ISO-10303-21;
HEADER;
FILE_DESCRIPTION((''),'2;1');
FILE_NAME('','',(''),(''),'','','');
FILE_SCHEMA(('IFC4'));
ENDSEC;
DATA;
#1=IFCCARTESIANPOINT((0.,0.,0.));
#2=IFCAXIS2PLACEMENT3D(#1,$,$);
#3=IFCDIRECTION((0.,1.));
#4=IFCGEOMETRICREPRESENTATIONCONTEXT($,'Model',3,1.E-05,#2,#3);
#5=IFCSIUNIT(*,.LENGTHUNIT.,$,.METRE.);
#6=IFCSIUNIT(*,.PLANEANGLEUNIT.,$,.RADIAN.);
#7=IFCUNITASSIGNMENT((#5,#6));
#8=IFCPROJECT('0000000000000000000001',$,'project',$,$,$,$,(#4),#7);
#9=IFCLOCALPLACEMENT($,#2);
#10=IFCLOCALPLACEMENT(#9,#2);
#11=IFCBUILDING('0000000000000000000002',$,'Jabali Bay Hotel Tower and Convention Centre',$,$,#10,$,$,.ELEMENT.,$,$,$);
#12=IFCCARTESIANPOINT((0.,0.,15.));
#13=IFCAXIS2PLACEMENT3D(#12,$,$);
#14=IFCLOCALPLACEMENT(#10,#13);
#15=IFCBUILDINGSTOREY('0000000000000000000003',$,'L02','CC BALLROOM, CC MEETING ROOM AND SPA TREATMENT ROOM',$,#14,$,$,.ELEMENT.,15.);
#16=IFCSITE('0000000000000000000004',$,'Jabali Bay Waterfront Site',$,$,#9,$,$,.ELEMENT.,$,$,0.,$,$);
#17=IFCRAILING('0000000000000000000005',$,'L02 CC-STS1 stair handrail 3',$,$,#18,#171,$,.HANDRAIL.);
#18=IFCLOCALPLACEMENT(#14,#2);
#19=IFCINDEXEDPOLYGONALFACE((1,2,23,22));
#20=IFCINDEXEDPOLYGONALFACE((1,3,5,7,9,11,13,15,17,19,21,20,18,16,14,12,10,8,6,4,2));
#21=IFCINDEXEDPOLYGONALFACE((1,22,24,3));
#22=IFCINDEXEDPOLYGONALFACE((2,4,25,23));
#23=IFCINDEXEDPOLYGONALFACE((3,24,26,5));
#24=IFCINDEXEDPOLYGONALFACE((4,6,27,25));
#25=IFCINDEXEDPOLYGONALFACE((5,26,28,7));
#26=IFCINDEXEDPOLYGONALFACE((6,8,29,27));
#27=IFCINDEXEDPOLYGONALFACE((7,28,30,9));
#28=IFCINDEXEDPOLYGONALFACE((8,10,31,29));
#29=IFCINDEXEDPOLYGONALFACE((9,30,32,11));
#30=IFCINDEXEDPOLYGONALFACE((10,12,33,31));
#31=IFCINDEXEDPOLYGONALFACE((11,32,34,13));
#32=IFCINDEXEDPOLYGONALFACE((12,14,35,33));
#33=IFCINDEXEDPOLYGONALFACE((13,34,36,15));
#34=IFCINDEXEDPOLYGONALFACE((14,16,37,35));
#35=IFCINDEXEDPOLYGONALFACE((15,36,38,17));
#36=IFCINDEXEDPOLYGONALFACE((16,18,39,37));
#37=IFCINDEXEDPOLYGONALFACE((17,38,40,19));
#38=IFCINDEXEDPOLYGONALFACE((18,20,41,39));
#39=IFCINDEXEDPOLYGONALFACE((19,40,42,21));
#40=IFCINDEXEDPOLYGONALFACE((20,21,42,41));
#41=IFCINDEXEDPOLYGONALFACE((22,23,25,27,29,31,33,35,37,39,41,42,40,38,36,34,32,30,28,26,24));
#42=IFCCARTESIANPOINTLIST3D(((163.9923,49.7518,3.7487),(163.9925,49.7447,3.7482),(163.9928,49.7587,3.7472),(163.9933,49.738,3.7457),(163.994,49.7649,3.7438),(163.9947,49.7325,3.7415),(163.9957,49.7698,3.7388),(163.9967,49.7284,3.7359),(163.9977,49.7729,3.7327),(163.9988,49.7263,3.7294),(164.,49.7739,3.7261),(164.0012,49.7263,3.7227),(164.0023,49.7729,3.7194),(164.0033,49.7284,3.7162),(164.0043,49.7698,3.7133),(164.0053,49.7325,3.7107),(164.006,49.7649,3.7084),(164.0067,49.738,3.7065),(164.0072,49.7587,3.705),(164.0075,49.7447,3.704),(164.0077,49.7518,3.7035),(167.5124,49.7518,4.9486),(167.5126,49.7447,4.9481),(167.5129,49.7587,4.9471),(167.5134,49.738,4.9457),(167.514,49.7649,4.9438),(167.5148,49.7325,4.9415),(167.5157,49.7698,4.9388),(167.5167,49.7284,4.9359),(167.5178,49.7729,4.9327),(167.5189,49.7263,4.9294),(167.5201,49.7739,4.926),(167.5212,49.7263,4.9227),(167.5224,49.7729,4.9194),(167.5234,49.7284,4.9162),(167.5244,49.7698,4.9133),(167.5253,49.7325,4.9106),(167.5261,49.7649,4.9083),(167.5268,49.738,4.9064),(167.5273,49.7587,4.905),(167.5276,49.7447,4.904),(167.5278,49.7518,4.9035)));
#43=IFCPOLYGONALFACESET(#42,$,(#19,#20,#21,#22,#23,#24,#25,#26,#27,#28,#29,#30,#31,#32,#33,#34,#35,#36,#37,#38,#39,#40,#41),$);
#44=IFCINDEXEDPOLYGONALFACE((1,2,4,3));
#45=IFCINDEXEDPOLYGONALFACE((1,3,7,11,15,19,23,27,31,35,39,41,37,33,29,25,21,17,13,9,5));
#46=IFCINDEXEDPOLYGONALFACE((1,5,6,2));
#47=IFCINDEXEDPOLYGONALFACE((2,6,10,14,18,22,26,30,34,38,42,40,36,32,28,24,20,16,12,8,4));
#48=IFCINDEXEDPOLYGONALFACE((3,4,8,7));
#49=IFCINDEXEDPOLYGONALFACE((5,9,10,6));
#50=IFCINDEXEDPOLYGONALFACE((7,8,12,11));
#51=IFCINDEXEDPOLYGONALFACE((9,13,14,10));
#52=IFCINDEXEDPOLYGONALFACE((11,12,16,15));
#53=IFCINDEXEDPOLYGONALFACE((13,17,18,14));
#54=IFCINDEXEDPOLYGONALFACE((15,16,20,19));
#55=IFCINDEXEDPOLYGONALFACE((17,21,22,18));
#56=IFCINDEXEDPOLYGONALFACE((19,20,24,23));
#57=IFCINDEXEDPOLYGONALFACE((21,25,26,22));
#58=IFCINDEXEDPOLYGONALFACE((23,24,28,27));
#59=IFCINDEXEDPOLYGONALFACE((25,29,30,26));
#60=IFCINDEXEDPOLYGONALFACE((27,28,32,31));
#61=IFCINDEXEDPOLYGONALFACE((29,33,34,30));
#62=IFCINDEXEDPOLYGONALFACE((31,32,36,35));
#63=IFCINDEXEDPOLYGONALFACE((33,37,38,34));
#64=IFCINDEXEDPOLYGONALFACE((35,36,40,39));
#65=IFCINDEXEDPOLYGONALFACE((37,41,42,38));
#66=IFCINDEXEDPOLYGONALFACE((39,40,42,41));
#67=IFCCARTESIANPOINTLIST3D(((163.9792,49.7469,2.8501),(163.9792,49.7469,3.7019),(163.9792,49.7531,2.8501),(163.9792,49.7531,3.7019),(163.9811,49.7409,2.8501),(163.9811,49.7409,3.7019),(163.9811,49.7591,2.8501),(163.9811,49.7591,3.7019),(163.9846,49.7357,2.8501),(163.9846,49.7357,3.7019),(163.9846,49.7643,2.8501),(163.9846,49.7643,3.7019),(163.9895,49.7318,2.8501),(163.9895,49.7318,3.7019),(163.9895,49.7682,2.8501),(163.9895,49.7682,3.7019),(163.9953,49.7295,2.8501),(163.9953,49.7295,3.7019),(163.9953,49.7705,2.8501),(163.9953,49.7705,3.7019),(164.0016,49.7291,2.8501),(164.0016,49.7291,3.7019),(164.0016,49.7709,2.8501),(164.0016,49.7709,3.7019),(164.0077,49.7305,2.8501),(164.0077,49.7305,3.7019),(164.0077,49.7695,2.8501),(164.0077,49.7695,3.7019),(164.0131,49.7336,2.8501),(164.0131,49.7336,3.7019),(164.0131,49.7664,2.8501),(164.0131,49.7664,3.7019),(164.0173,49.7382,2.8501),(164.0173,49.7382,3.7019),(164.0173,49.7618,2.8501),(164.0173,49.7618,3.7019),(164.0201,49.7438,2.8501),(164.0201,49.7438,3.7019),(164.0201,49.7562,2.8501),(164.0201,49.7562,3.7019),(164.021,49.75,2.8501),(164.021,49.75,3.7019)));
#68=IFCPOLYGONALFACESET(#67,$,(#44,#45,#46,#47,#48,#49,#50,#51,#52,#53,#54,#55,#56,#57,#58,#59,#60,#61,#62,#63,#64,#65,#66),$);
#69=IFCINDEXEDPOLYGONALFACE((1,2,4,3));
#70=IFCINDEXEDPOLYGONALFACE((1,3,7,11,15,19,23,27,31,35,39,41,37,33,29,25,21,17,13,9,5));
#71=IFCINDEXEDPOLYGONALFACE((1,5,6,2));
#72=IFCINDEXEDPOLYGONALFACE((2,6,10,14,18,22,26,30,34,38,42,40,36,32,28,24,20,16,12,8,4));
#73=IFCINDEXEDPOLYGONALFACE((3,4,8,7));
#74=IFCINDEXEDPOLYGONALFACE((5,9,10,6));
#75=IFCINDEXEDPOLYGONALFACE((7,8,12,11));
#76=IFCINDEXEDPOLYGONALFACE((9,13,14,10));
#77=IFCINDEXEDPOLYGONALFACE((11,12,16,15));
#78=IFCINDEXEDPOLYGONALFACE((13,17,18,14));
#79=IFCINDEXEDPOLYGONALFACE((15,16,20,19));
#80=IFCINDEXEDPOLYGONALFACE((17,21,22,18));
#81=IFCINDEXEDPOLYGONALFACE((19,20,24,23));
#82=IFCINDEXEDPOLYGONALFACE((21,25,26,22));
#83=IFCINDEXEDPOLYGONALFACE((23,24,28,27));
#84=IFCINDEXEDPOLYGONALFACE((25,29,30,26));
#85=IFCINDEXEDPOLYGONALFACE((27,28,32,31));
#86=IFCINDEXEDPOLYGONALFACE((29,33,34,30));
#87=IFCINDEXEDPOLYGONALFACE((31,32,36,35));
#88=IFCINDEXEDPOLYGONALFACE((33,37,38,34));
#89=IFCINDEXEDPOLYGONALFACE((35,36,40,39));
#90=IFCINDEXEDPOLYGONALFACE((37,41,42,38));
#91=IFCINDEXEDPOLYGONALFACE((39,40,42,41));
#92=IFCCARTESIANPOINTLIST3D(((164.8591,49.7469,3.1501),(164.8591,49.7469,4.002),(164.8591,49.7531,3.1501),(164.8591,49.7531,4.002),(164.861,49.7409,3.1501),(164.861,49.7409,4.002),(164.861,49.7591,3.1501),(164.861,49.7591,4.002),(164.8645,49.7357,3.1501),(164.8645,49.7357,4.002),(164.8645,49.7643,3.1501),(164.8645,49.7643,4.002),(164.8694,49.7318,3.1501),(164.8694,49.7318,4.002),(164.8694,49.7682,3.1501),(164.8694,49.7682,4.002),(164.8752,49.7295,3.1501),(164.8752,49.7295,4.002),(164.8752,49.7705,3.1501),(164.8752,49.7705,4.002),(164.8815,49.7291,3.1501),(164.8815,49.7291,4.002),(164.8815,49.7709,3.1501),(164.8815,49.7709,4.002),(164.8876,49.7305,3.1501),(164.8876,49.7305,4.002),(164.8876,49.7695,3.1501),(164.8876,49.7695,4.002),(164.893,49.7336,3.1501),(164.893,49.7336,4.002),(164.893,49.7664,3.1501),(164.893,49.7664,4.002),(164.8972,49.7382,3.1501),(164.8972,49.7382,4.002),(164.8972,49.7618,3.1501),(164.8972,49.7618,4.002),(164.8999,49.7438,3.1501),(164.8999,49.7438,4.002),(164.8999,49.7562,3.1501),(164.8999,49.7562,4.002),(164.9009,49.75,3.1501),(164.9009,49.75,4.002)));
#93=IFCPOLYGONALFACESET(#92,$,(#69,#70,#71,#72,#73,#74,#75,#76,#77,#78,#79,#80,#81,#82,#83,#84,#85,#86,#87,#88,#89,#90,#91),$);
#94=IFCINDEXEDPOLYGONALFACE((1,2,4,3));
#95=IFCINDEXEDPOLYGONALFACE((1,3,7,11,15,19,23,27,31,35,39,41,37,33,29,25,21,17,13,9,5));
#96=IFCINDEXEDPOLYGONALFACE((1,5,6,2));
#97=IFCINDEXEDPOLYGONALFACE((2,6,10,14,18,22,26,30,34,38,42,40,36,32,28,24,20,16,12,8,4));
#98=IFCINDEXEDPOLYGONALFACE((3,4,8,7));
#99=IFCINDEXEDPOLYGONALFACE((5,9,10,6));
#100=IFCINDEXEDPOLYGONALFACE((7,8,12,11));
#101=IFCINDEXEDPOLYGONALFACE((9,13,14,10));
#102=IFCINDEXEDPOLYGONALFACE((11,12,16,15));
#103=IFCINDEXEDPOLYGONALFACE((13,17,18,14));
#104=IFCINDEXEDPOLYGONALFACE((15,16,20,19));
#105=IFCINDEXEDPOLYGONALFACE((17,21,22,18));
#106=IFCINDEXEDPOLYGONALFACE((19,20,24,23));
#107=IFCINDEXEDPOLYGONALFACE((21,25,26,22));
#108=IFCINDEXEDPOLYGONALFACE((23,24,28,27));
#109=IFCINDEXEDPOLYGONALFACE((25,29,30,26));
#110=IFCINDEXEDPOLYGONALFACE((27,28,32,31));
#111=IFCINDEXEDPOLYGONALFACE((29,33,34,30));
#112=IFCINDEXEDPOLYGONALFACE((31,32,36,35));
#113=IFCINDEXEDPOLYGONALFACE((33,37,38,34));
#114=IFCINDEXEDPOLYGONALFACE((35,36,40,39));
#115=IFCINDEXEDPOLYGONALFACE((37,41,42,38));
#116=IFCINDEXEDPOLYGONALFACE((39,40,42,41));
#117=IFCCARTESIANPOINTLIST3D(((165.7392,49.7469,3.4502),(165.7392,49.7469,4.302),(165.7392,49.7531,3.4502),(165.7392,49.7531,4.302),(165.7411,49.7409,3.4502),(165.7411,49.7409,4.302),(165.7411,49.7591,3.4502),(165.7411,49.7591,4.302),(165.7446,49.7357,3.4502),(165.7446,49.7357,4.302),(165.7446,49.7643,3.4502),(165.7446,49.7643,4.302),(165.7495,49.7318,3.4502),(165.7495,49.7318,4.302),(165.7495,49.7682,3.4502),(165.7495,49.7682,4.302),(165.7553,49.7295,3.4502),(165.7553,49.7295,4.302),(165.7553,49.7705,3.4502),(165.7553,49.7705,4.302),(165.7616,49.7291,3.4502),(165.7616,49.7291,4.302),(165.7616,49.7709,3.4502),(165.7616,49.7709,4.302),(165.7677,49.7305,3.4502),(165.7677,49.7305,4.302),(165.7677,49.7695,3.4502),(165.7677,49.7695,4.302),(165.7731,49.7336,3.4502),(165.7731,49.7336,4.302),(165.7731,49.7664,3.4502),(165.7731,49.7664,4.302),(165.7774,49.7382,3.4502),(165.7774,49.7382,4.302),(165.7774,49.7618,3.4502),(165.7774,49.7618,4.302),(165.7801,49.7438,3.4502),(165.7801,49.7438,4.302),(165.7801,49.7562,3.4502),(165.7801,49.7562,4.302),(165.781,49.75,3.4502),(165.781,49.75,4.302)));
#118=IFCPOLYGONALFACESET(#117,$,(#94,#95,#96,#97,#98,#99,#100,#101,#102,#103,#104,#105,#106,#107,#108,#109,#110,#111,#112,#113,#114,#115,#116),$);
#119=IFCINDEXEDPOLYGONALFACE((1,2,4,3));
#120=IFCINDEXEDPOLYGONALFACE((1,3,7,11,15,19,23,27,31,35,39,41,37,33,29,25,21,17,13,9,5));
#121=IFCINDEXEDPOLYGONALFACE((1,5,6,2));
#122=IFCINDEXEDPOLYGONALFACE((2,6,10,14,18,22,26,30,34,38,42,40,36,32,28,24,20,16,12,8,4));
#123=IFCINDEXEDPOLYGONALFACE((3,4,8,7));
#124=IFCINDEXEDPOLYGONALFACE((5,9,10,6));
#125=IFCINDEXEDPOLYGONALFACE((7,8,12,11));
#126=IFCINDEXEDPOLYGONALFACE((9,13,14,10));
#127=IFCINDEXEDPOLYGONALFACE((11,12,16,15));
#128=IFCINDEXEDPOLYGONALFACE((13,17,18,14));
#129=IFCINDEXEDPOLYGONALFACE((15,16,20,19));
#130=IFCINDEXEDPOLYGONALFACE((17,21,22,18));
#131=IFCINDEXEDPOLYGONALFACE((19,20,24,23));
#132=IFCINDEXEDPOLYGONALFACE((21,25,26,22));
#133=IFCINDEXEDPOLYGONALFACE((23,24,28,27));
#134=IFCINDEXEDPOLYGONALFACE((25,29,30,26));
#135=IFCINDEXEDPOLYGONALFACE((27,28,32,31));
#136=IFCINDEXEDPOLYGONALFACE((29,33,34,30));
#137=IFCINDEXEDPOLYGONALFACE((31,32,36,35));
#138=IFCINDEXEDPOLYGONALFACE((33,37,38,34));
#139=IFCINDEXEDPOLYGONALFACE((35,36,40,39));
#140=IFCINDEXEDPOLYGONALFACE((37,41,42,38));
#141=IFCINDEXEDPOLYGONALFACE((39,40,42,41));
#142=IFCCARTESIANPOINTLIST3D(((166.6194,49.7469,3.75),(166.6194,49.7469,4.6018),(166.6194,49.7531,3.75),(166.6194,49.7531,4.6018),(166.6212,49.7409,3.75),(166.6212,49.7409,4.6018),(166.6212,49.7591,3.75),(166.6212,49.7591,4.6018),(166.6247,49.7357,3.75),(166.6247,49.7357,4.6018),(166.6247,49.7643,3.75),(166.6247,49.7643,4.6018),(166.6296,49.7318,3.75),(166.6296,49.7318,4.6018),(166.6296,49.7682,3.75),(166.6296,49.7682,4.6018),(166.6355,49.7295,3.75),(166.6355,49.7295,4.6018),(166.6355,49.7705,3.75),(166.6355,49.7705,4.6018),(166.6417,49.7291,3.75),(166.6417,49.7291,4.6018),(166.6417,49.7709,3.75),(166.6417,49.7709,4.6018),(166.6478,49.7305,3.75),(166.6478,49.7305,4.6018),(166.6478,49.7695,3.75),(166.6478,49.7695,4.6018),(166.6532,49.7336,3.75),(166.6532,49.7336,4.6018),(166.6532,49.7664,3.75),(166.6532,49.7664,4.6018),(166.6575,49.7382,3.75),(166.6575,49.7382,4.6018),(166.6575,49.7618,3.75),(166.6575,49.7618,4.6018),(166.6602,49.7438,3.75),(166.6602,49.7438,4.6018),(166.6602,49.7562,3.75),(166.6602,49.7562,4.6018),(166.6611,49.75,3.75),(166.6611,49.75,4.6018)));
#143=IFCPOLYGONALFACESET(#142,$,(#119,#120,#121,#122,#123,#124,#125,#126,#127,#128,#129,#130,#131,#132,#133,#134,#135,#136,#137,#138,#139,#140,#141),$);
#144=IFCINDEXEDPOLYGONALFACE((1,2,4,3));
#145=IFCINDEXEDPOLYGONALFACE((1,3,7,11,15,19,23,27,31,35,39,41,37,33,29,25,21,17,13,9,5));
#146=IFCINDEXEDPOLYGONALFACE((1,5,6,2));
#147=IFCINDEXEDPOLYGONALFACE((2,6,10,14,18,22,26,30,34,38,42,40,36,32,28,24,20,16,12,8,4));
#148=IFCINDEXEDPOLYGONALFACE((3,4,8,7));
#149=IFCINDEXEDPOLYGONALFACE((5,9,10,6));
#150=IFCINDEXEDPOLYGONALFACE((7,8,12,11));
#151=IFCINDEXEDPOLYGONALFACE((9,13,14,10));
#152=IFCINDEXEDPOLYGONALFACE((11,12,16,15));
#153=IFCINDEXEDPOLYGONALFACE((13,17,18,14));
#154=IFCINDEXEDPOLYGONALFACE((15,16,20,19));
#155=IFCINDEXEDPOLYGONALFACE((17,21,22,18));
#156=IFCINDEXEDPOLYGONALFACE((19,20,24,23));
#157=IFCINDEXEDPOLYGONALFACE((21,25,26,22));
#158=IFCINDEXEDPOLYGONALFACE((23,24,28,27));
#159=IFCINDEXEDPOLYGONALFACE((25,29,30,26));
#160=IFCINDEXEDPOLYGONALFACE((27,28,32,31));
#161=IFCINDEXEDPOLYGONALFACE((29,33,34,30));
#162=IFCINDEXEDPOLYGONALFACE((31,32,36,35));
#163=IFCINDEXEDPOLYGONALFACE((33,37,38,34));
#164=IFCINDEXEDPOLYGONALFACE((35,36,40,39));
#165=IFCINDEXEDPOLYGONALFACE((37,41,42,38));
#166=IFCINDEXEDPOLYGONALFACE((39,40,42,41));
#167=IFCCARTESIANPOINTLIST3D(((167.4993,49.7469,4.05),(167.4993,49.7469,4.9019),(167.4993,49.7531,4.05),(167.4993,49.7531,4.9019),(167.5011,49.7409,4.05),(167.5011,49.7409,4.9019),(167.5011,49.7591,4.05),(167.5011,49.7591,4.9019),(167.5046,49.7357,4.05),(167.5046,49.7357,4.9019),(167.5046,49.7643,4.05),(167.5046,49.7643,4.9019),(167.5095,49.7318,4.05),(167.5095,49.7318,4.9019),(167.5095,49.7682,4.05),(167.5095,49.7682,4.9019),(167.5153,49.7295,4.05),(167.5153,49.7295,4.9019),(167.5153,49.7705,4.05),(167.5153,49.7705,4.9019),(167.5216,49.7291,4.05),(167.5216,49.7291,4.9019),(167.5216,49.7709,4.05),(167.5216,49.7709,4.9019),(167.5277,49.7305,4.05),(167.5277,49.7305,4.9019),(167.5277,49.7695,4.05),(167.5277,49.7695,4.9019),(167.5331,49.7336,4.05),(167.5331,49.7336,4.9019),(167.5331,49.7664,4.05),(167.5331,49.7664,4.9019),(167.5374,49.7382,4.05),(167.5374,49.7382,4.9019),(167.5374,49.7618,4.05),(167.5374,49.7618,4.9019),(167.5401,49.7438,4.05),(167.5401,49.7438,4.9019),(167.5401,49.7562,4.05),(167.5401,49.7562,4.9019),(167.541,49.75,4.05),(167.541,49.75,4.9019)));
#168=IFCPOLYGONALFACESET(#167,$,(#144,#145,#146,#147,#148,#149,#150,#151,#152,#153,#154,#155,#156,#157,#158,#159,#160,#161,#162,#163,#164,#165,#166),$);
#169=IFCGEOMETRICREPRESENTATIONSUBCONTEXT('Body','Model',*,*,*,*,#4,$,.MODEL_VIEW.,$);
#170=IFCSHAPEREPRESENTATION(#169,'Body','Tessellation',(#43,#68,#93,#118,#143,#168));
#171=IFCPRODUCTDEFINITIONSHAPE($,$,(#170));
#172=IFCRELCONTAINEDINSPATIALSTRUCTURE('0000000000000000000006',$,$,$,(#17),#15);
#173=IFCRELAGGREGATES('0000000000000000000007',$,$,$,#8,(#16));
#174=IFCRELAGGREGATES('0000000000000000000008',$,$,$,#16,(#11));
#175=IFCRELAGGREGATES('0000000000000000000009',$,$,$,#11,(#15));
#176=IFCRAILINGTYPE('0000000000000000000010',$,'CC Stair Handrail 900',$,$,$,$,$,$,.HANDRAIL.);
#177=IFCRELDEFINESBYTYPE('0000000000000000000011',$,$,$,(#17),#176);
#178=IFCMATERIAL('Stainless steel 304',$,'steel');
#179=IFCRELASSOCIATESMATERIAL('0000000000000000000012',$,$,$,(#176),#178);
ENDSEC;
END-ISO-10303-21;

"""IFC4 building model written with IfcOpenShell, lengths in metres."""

from ifc_helpers import new_model, si_unit, direction, frame, origin, origin_2d, place, context, subcontext, project, spatial, circle, extrude, material, type_object, element, save


model = new_model("IFC4")

# Units and contexts
model_context = context("Model", 3, precision=1e-05, world=origin(), true_north=direction((0.0, 1.0)))
body_context = subcontext(model_context, "Body", "Model", "MODEL_VIEW")
ifc_project = project(units=[si_unit("LENGTHUNIT", "METRE"), si_unit("PLANEANGLEUNIT", "RADIAN")], contexts=[model_context])

# Site, building, storey
site_placement = place(None, origin())
site = spatial("IfcSite", under=ifc_project, at=site_placement, Name="Jabali Bay Waterfront Site", CompositionType="ELEMENT", RefElevation=0.0)
building_placement = place(site_placement, origin())
building = spatial("IfcBuilding", under=site, at=building_placement, Name="Jabali Bay Hotel Tower and Convention Centre", CompositionType="ELEMENT")
storey_placement = place(building_placement, frame((0.0, 0.0, 15.0)))
storey = spatial("IfcBuildingStorey", under=building, at=storey_placement, Name="L02", Description="CC BALLROOM, CC MEETING ROOM AND SPA TREATMENT ROOM", CompositionType="ELEMENT", Elevation=15.0)

# Railing
ifc_material_1 = material(Name="Stainless steel 304", Category="steel")
railing_type_1 = type_object("IfcRailingType", Name="CC Stair Handrail 900", PredefinedType="HANDRAIL", material=ifc_material_1)
railing_1_placement = place(storey_placement, frame((164.0, 49.75, 2.8501)))
element("IfcRailing", 1, at=railing_1_placement, inside=storey, type_object=railing_type_1, Name="L02 CC-STS1 stair handrail 3", PredefinedType="HANDRAIL", context=body_context, shape_type="SweptSolid", body=[
    extrude(circle(Radius=0.0239, at=origin_2d()), frame((0.0, 0.0, 0.876), z_axis=(0.946515, 0.0, 0.322661), x_axis=(0.0, 1.0, 0.0)), (0.0, 0.0, 1.0), 3.719),
    extrude(circle(Radius=0.021, at=origin_2d()), origin(), (0.0, 0.0, 1.0), 0.8518),
    extrude(circle(Radius=0.021, at=origin_2d()), frame((0.8799, 0.0, 0.3)), (0.0, 0.0, 1.0), 0.8518),
    extrude(circle(Radius=0.021, at=origin_2d()), frame((1.76, 0.0, 0.6001)), (0.0, 0.0, 1.0), 0.8518),
    extrude(circle(Radius=0.021, at=origin_2d()), frame((2.6401, 0.0, 0.8999)), (0.0, 0.0, 1.0), 0.8518),
    extrude(circle(Radius=0.021, at=origin_2d()), frame((3.52, 0.0, 1.2)), (0.0, 0.0, 1.0), 0.8518),
])

save(model, "model.ifc")
